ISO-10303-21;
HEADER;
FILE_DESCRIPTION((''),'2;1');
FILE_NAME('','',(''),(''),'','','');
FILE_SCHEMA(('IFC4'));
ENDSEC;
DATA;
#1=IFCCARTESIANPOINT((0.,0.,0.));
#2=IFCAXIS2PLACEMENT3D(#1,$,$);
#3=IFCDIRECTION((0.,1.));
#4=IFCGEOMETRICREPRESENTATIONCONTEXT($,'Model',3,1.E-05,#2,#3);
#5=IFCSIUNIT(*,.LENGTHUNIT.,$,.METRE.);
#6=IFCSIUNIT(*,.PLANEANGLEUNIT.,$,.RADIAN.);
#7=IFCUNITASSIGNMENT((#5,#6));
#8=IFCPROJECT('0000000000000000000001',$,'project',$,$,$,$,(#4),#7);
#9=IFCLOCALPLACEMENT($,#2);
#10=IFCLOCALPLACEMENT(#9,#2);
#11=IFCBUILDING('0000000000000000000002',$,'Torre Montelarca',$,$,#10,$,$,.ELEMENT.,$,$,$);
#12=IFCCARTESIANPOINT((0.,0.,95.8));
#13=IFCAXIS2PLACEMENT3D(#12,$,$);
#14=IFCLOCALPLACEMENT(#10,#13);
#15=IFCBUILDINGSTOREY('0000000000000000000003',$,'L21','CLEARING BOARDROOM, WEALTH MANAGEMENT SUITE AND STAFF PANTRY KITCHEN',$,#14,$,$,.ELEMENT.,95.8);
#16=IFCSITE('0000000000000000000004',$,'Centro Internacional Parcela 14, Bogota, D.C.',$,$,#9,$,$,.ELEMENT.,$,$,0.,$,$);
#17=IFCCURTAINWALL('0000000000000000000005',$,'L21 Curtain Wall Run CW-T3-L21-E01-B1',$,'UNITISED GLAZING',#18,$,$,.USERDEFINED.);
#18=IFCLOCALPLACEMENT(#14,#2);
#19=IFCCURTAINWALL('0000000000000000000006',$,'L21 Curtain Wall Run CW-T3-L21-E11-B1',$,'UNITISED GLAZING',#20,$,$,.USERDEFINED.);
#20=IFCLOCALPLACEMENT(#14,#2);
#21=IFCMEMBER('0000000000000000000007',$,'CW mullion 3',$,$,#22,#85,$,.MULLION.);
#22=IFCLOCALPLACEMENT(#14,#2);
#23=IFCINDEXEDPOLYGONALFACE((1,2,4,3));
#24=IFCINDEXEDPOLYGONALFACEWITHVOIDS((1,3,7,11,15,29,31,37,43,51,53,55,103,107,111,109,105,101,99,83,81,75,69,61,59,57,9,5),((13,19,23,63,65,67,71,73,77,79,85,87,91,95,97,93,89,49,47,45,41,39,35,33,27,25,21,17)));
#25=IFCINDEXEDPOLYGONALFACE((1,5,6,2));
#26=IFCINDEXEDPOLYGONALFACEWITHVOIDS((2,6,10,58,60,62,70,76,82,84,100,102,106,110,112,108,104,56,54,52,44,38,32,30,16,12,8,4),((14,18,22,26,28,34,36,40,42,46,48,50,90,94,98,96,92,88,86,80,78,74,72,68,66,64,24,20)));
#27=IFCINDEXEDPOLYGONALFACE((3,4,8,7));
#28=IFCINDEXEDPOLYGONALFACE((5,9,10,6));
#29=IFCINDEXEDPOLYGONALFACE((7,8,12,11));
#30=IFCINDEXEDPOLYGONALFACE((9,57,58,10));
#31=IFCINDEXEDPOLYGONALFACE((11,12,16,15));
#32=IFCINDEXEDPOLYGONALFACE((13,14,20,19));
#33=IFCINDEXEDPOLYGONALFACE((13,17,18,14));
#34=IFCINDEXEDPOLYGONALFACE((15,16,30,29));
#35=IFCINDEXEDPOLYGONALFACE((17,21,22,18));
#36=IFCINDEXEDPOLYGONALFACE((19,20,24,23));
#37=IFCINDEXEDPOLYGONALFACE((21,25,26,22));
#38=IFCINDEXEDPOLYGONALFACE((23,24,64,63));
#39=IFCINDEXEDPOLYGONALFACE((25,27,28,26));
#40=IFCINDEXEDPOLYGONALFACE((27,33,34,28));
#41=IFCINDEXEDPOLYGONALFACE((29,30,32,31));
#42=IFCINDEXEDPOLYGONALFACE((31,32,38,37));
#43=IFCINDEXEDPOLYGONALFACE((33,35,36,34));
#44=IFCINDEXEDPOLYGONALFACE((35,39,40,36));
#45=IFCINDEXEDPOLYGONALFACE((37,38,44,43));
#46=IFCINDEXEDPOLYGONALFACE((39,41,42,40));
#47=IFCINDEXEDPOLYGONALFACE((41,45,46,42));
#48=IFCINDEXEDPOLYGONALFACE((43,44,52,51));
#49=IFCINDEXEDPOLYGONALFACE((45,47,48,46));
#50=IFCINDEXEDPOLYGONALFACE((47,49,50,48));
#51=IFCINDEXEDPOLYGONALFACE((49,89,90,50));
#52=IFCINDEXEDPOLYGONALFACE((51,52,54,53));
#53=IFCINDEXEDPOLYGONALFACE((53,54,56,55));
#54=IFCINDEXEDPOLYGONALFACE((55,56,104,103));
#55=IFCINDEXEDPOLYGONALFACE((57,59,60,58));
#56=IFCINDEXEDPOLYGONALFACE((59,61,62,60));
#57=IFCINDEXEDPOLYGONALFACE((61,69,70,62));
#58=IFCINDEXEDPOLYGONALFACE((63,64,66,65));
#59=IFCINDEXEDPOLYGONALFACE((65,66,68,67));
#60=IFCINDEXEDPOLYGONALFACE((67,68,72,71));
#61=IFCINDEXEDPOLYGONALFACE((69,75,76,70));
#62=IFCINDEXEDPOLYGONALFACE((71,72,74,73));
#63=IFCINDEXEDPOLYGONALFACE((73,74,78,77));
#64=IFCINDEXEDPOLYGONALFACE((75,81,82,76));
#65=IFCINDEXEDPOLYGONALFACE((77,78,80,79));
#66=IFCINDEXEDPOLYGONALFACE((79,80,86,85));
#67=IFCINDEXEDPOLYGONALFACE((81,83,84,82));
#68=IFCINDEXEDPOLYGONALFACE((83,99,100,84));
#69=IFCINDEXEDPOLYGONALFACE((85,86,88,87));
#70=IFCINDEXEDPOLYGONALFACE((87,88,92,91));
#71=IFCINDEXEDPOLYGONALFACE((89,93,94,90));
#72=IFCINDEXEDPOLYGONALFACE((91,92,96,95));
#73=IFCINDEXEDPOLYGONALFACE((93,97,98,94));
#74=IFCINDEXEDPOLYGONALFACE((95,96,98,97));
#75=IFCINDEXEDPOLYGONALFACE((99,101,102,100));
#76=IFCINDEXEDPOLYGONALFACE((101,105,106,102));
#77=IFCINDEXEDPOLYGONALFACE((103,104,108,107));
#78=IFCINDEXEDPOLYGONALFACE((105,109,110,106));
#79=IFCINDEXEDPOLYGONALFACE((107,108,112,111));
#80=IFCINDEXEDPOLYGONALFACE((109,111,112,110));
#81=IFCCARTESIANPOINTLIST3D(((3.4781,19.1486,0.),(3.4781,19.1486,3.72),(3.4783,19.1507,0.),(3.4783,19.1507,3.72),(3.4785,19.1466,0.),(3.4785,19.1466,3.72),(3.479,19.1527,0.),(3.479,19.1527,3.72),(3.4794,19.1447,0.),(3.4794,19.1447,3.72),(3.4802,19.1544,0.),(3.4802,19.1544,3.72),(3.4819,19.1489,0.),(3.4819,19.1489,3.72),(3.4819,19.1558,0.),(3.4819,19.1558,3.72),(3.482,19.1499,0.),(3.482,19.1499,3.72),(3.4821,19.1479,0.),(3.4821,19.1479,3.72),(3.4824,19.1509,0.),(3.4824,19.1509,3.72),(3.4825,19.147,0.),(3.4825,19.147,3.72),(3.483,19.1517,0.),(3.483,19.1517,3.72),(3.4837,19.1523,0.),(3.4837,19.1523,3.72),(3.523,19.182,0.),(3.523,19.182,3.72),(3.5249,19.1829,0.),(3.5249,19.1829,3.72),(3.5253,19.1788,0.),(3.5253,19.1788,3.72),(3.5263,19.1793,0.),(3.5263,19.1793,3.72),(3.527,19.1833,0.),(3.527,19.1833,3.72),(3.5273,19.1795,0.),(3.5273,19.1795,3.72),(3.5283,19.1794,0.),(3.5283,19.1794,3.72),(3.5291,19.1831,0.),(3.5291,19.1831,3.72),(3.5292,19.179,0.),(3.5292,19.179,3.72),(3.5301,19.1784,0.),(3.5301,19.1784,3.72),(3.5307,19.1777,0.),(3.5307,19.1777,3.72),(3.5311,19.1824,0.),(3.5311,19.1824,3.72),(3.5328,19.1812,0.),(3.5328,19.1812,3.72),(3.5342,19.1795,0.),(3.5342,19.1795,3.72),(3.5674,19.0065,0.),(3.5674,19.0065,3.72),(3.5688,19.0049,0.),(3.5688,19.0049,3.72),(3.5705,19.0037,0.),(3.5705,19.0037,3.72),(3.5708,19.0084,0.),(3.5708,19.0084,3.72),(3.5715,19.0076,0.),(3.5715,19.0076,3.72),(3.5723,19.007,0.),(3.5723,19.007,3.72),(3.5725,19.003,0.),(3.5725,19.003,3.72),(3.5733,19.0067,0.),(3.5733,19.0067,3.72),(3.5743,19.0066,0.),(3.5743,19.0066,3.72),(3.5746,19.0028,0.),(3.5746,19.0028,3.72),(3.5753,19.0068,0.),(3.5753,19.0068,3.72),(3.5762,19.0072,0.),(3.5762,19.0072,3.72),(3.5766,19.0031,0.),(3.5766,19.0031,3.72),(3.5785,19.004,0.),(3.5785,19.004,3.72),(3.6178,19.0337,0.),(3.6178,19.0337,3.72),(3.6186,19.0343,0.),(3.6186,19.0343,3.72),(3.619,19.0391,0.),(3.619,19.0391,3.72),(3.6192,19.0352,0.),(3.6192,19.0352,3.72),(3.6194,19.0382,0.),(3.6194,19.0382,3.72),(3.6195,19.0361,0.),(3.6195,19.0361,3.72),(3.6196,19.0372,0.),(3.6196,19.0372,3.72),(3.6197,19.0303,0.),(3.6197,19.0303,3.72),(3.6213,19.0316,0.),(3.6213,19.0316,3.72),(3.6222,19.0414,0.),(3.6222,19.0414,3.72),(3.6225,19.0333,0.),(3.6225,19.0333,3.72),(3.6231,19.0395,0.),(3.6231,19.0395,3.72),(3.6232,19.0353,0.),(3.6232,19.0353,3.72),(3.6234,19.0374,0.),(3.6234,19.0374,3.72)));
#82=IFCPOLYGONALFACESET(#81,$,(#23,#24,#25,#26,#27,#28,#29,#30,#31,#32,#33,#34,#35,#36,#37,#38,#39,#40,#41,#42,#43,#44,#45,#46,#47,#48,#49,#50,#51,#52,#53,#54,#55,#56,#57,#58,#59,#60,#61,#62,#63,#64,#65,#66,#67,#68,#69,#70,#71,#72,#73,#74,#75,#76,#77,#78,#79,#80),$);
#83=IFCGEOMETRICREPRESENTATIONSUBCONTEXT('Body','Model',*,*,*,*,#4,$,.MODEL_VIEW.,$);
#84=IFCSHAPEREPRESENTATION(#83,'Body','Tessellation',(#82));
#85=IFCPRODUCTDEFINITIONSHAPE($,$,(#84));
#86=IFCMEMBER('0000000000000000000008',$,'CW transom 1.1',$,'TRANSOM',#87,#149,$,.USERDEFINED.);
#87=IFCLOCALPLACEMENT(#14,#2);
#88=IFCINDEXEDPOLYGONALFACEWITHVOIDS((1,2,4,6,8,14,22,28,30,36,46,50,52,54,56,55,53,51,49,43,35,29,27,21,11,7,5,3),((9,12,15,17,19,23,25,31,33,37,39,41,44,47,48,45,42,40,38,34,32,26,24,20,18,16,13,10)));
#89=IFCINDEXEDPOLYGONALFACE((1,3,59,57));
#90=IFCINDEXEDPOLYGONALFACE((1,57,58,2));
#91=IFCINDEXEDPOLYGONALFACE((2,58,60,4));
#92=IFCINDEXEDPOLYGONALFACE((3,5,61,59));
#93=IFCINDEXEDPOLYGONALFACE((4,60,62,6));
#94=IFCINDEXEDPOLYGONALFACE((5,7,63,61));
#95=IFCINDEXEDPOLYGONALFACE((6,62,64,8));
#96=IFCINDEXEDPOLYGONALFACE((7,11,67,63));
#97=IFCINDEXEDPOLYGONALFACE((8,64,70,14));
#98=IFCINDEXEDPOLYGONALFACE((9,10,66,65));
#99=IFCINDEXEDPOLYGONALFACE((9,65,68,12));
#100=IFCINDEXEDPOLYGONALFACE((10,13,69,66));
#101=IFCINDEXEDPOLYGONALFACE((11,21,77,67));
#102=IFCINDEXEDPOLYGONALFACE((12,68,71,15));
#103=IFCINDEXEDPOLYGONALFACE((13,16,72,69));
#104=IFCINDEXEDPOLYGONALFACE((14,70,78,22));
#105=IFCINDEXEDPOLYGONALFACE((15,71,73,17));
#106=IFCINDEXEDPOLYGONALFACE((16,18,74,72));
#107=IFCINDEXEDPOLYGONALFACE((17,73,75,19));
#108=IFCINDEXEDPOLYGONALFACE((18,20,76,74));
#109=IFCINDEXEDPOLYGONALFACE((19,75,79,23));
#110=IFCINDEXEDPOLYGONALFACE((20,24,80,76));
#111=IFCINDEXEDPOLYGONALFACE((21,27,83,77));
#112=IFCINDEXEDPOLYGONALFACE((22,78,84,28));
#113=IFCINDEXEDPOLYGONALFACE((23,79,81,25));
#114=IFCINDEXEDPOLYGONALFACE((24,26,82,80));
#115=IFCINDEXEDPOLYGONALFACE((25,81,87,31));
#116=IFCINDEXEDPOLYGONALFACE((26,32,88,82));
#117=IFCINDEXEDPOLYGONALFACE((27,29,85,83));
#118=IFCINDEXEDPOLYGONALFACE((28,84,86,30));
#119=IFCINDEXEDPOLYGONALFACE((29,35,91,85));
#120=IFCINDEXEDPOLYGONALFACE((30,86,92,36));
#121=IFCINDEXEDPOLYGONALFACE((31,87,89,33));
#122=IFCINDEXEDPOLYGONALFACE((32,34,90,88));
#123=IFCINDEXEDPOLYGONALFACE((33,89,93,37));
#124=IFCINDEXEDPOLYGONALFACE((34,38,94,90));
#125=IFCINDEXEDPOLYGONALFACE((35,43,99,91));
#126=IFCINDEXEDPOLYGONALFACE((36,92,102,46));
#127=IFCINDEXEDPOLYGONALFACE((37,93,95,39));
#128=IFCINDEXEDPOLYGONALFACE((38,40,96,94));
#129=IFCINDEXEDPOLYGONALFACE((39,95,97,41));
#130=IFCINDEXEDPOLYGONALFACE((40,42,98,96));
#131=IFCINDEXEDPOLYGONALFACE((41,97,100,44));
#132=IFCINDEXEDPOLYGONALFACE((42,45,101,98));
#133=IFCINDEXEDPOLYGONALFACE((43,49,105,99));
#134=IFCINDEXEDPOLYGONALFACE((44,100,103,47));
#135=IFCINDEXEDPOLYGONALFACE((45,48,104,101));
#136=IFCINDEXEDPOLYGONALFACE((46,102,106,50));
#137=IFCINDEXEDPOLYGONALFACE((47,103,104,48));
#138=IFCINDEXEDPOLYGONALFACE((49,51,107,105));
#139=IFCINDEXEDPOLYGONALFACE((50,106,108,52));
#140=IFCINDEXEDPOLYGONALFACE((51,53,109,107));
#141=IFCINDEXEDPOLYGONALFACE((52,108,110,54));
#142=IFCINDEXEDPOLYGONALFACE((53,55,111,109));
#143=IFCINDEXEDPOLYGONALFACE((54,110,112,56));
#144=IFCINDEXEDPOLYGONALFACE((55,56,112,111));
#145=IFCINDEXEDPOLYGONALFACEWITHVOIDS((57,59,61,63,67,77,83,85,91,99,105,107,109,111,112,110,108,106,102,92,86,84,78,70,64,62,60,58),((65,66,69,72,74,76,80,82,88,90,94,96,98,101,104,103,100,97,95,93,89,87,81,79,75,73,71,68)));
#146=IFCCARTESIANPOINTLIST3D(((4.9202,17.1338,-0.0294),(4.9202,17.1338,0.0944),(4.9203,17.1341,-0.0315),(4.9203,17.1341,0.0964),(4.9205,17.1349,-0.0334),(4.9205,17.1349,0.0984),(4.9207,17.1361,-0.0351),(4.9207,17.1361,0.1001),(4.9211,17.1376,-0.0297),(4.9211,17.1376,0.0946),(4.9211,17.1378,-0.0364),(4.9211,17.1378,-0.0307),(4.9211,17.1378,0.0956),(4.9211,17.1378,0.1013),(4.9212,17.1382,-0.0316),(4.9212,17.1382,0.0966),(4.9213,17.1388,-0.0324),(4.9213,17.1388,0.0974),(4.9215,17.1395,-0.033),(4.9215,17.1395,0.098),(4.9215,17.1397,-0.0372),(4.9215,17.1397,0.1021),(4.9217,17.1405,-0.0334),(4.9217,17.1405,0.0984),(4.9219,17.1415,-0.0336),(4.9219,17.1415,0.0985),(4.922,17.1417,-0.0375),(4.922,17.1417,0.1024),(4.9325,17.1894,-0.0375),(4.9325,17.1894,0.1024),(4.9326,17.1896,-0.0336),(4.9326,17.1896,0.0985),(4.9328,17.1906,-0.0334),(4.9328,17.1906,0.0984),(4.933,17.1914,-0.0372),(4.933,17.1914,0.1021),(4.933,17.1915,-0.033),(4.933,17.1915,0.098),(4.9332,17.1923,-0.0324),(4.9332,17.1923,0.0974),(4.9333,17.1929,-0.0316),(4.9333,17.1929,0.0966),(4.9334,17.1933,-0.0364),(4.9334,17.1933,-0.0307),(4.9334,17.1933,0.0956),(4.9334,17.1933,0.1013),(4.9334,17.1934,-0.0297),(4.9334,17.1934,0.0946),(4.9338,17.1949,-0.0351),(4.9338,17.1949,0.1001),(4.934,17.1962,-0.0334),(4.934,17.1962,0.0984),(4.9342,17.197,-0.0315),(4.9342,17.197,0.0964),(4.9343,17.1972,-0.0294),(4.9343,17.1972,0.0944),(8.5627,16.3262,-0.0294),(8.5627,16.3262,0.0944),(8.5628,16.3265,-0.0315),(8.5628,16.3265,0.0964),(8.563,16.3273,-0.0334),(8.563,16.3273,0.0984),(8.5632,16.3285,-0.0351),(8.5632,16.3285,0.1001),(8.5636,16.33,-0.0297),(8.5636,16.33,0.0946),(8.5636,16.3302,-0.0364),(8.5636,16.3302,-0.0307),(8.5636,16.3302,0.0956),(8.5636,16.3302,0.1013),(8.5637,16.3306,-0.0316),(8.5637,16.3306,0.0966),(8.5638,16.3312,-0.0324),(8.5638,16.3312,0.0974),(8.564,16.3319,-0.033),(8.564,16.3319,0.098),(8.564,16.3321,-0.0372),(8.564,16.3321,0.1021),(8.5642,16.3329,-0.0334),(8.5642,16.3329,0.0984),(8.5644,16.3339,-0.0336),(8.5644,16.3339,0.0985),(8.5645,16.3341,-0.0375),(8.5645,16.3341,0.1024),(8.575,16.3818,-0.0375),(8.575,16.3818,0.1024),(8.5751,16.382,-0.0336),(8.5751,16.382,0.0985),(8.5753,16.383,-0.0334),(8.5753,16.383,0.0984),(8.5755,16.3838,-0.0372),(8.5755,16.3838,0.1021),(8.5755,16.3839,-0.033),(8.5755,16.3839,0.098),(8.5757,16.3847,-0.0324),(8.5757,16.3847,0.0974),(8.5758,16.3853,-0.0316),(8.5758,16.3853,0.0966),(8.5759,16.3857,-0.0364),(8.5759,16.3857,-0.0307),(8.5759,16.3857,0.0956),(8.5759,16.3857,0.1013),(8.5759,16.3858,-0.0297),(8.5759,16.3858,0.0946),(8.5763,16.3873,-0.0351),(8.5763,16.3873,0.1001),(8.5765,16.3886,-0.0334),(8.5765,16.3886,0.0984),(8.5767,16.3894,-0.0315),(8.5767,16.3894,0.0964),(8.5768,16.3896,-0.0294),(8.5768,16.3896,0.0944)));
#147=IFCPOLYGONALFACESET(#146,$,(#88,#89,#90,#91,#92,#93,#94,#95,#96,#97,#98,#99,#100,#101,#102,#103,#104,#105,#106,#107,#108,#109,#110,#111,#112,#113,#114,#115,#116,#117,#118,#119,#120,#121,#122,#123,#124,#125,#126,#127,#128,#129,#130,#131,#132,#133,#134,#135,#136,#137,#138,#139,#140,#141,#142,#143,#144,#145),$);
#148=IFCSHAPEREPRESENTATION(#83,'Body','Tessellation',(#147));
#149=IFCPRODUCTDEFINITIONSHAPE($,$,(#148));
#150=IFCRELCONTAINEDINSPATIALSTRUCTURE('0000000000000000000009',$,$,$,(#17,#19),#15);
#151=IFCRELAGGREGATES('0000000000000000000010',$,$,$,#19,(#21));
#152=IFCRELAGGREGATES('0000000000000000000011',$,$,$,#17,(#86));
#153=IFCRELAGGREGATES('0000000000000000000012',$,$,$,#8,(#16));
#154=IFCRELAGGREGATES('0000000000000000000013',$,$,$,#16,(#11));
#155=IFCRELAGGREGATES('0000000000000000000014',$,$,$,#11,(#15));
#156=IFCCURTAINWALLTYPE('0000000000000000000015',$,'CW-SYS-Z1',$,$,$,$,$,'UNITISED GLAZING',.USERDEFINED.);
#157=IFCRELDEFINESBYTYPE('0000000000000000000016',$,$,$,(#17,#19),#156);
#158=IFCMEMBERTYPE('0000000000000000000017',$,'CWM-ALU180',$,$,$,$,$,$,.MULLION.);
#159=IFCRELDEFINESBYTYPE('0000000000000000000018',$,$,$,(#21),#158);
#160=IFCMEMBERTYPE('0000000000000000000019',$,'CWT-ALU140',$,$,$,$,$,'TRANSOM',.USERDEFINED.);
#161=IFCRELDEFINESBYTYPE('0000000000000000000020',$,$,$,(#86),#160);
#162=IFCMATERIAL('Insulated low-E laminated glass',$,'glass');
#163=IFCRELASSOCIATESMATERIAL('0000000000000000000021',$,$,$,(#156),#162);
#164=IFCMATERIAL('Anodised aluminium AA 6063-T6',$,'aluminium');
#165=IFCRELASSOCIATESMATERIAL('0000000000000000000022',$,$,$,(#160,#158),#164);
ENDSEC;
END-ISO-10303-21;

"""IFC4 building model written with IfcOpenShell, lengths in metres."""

from ifc_helpers import new_model, si_unit, direction, frame, origin, origin_2d, place, context, subcontext, project, spatial, hollow_rectangle, extrude, source, transform, mapped, material, material_profile, profile_set, type_object, element, aggregate, save


model = new_model("IFC4")

# Units and contexts
model_context = context("Model", 3, precision=1e-05, world=origin(), true_north=direction((0.0, 1.0)))
body_context = subcontext(model_context, "Body", "Model", "MODEL_VIEW")
ifc_project = project(units=[si_unit("LENGTHUNIT", "METRE"), si_unit("PLANEANGLEUNIT", "RADIAN")], contexts=[model_context])

# Site, building, storey
site_placement = place(None, origin())
site = spatial("IfcSite", under=ifc_project, at=site_placement, Name="Centro Internacional Parcela 14, Bogota, D.C.", CompositionType="ELEMENT", RefElevation=0.0)
building_placement = place(site_placement, origin())
building = spatial("IfcBuilding", under=site, at=building_placement, Name="Torre Montelarca", CompositionType="ELEMENT")
storey_placement = place(building_placement, frame((0.0, 0.0, 95.8)))
storey = spatial("IfcBuildingStorey", under=building, at=storey_placement, Name="L21", Description="CLEARING BOARDROOM, WEALTH MANAGEMENT SUITE AND STAFF PANTRY KITCHEN", CompositionType="ELEMENT", Elevation=95.8)

# Curtain wall
ifc_material_1 = material(Name="Insulated low-E laminated glass", Category="glass")
curtain_wall_type = type_object("IfcCurtainWallType", Name="CW-SYS-Z1", ElementType="UNITISED GLAZING", PredefinedType="USERDEFINED", material=ifc_material_1)
curtain_wall_1_placement = place(storey_placement, origin())
curtain_wall_1 = element("IfcCurtainWall", 1, at=curtain_wall_1_placement, inside=storey, type_object=curtain_wall_type, Name="L21 Curtain Wall Run CW-T3-L21-E01-B1", ObjectType="UNITISED GLAZING", PredefinedType="USERDEFINED")
ifc_material_2 = material(Name="Anodised aluminium AA 6063-T6", Category="aluminium")
ifc_material_profile_1 = material_profile(ifc_material_2, hollow_rectangle(XDim=0.0649, YDim=0.1399, WallThickness=0.0039, InnerFilletRadius=0.0039, OuterFilletRadius=0.0081, at=origin_2d()), Name="ALU65X140X4", Category="aluminium")
ifc_profile_set_1 = profile_set([ifc_material_profile_1], Name="Anodised aluminium AA 6063-T6")
member_type_1 = type_object("IfcMemberType", Name="CWT-ALU140", ElementType="TRANSOM", PredefinedType="USERDEFINED", material=ifc_profile_set_1)

# Shared definitions
ifc_material_profile_2 = material_profile(ifc_material_2, hollow_rectangle(XDim=0.0649, YDim=0.1799, WallThickness=0.0039, InnerFilletRadius=0.0039, OuterFilletRadius=0.0081, at=origin_2d()), Name="ALU65X180X4", Category="aluminium")
ifc_profile_set_2 = profile_set([ifc_material_profile_2], Name="Anodised aluminium AA 6063-T6")
member_type_2 = type_object("IfcMemberType", Name="CWM-ALU180", PredefinedType="MULLION", material=ifc_profile_set_2)
shared_shape_1 = source(origin(), body_context, "Body", "SweptSolid", [
    extrude(hollow_rectangle(XDim=0.0649, YDim=0.1799, WallThickness=0.0039, InnerFilletRadius=0.0039, OuterFilletRadius=0.0081, at=origin_2d()), origin(), (0.0, 0.0, 1.0), 3.72),
])

# Curtain wall, member
curtain_wall_2_placement = place(storey_placement, origin())
curtain_wall_2 = element("IfcCurtainWall", 2, at=curtain_wall_2_placement, inside=storey, type_object=curtain_wall_type, Name="L21 Curtain Wall Run CW-T3-L21-E11-B1", ObjectType="UNITISED GLAZING", PredefinedType="USERDEFINED")
member_1_placement = place(storey_placement, frame((3.5508, 19.093, 0.0), z_axis=(0.0, 0.0, 1.0), x_axis=(0.84338, 0.537318, 0.0)))
member_1 = element("IfcMember", 3, at=member_1_placement, type_object=member_type_2, Name="CW mullion 3", PredefinedType="MULLION", context=body_context, shape_type="MappedRepresentation", body=[
    mapped(shared_shape_1, transform((0.0, 0.0, 0.0), scale=1.0)),
])

# Member
shared_shape_2 = source(origin(), body_context, "Body", "SweptSolid", [
    extrude(hollow_rectangle(XDim=0.0649, YDim=0.1399, WallThickness=0.0039, InnerFilletRadius=0.0039, OuterFilletRadius=0.0081, at=origin_2d()), origin(), (0.0, 0.0, 1.0), 3.731),
])
member_2_placement = place(storey_placement, frame((4.9272, 17.1655, 0.0325), z_axis=(0.976292, -0.216459, 0.0), x_axis=(0.216459, 0.976292, 0.0)))
member_2 = element("IfcMember", 4, at=member_2_placement, type_object=member_type_1, Name="CW transom 1.1", ObjectType="TRANSOM", PredefinedType="USERDEFINED", context=body_context, shape_type="MappedRepresentation", body=[
    mapped(shared_shape_2, transform((0.0, 0.0, 0.0), scale=1.0)),
])

aggregate(curtain_wall_2, [member_1])
aggregate(curtain_wall_1, [member_2])

save(model, "model.ifc")
